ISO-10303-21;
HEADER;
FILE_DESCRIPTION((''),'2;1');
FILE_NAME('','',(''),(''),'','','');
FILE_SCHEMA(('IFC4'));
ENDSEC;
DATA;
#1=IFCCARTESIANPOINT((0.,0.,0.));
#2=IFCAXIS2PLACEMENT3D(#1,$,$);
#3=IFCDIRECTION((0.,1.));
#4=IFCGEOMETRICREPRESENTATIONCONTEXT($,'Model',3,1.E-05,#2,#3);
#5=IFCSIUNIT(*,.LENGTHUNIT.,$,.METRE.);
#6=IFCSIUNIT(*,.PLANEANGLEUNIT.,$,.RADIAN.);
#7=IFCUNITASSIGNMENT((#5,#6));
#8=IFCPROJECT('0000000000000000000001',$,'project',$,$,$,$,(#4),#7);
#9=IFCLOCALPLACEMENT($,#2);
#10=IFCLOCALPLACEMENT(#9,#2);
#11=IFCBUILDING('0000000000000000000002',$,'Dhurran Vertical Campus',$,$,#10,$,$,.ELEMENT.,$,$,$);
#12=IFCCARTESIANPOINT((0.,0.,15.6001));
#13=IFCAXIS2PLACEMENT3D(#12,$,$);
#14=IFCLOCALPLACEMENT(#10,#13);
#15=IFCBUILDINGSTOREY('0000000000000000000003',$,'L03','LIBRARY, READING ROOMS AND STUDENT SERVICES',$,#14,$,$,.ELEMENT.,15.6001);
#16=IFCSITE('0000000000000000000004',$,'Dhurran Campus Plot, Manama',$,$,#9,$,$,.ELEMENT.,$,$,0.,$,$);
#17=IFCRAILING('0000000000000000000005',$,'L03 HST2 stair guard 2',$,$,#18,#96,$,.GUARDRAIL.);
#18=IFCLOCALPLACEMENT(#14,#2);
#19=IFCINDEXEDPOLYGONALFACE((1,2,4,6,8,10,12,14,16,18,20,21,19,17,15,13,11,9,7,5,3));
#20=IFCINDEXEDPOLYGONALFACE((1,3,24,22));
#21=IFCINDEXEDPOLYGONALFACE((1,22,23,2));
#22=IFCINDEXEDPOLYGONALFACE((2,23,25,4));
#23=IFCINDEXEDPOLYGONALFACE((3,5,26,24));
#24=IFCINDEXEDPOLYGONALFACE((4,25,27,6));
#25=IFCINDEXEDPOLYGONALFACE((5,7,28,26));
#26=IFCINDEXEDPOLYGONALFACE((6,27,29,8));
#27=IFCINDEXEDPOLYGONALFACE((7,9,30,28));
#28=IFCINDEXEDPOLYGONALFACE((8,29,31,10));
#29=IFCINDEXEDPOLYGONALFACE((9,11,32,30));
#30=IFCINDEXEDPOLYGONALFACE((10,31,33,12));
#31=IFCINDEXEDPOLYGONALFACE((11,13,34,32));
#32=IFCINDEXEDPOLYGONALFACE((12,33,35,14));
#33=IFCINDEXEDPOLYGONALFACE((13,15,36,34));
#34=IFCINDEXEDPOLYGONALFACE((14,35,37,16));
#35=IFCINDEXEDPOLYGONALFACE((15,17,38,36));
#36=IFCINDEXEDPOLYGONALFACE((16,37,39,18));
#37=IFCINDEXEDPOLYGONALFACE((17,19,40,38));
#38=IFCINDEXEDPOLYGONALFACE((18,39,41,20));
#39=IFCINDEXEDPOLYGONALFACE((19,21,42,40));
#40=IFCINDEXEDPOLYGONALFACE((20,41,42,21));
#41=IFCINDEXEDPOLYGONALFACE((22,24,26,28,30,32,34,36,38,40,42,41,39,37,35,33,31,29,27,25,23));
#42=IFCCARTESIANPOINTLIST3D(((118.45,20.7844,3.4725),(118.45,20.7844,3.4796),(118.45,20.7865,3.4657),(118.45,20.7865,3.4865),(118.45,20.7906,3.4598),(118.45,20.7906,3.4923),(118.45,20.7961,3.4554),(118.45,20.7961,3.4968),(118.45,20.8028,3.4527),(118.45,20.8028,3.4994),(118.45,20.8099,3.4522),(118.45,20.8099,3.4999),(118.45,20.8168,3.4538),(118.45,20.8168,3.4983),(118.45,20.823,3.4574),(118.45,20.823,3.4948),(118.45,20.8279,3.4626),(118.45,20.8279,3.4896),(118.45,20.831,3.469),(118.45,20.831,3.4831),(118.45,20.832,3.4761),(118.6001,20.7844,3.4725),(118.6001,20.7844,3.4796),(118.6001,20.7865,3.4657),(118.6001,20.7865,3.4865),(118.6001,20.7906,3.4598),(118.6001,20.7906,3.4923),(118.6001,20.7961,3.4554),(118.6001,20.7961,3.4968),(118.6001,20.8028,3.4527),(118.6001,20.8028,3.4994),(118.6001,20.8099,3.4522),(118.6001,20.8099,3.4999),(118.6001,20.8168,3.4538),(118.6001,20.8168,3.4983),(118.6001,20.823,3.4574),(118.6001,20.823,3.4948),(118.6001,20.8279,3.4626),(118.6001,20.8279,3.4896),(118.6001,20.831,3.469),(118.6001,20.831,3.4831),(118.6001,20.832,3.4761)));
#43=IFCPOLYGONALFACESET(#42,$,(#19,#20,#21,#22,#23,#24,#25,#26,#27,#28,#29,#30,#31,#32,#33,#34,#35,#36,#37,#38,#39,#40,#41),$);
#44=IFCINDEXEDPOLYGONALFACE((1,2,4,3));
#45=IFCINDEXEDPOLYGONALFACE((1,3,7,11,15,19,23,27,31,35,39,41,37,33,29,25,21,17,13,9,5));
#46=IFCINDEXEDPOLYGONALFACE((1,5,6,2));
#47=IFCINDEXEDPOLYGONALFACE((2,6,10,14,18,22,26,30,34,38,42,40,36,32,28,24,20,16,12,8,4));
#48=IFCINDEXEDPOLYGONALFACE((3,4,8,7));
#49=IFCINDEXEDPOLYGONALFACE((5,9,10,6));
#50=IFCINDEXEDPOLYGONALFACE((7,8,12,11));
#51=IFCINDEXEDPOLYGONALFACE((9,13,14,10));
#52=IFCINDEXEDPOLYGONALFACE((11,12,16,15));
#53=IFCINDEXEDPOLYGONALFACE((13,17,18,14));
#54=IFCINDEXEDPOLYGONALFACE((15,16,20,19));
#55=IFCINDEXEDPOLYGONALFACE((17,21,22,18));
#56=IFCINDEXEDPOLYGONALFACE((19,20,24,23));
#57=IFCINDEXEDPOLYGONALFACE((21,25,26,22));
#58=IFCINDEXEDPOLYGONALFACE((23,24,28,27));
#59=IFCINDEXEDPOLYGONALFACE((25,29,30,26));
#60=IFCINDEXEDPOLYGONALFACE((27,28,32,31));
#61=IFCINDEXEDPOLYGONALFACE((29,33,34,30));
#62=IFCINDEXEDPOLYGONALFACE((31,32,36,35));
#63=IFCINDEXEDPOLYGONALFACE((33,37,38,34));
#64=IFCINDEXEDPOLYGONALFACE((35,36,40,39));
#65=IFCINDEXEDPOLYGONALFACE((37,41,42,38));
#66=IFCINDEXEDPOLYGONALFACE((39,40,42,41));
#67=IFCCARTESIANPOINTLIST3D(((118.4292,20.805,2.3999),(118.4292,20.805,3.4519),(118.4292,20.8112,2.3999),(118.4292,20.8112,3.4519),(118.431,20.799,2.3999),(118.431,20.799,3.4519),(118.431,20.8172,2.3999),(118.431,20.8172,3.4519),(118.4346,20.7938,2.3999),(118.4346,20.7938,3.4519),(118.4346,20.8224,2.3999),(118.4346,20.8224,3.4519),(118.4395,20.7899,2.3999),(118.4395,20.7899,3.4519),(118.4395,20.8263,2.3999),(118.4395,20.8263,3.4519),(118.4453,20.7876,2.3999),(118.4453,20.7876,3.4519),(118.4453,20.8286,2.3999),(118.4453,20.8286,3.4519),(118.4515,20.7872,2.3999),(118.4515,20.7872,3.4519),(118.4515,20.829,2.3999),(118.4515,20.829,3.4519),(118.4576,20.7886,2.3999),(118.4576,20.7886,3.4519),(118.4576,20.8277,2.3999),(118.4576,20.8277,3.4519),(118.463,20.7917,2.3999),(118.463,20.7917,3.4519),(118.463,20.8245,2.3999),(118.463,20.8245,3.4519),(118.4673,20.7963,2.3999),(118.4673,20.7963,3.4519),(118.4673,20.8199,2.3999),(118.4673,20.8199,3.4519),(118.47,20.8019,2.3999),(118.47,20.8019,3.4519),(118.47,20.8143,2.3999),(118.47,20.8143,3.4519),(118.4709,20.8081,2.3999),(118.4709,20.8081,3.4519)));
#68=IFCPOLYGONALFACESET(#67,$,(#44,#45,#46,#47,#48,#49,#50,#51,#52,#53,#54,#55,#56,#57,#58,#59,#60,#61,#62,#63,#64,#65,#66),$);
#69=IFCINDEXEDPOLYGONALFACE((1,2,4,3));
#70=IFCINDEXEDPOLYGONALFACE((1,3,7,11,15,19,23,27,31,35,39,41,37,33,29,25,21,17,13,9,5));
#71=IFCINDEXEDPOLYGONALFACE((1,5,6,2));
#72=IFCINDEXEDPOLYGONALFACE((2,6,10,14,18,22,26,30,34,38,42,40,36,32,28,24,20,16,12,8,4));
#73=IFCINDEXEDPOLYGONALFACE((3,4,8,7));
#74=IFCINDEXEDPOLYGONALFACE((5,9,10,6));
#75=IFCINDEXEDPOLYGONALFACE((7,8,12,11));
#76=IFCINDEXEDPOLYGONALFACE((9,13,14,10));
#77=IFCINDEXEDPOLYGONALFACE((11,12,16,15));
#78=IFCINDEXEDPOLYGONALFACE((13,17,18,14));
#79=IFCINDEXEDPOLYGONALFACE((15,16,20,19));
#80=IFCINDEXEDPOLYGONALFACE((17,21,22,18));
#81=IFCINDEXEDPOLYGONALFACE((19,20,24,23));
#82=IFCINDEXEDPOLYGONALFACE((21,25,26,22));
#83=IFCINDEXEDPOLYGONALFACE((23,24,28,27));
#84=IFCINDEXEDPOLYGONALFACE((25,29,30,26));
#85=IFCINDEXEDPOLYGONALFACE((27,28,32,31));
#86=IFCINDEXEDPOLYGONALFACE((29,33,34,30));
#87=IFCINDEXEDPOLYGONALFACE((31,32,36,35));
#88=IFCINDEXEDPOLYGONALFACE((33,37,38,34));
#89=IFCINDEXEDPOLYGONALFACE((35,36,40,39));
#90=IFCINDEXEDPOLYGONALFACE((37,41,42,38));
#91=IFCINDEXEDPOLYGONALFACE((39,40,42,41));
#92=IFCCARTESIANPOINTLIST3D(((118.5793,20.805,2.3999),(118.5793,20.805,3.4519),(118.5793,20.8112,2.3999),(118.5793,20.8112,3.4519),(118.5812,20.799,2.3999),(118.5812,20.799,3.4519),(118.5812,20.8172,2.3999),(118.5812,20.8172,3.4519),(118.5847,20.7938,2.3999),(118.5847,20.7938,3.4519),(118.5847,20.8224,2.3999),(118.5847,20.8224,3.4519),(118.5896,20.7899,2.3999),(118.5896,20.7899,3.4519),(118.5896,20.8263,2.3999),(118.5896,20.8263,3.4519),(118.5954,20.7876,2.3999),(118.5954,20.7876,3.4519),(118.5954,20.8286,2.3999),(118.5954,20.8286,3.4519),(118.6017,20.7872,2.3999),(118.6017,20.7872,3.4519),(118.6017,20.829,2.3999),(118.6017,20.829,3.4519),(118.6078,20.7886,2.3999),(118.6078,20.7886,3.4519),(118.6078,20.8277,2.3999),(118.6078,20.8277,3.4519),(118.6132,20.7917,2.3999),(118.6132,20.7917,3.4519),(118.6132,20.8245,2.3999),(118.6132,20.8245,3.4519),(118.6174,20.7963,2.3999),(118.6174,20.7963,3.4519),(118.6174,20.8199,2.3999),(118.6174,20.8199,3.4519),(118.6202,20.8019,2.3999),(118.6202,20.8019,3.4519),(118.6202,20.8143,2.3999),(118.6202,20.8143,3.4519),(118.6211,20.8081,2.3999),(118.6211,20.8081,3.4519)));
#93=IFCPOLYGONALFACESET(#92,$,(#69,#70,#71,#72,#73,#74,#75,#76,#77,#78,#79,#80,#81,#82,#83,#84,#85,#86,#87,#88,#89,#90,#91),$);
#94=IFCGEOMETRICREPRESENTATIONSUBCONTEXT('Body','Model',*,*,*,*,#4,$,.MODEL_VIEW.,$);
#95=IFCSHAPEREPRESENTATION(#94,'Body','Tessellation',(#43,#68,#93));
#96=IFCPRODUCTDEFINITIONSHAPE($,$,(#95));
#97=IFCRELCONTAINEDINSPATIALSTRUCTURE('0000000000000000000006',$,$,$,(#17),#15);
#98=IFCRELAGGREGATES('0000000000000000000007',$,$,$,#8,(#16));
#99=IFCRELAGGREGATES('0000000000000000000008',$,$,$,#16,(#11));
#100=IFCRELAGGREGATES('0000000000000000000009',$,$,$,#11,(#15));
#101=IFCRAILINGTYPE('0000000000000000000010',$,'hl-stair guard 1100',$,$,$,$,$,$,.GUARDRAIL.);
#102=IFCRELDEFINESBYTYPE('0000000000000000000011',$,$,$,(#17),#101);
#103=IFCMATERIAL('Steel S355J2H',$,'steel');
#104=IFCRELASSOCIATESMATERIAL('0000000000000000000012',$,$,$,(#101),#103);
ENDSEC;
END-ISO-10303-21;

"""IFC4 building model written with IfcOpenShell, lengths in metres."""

from ifc_helpers import new_model, si_unit, direction, frame, origin, origin_2d, place, context, subcontext, project, spatial, circle, extrude, material, type_object, element, save


model = new_model("IFC4")

# Units and contexts
model_context = context("Model", 3, precision=1e-05, world=origin(), true_north=direction((0.0, 1.0)))
body_context = subcontext(model_context, "Body", "Model", "MODEL_VIEW")
ifc_project = project(units=[si_unit("LENGTHUNIT", "METRE"), si_unit("PLANEANGLEUNIT", "RADIAN")], contexts=[model_context])

# Site, building, storey
site_placement = place(None, origin())
site = spatial("IfcSite", under=ifc_project, at=site_placement, Name="Dhurran Campus Plot, Manama", CompositionType="ELEMENT", RefElevation=0.0)
building_placement = place(site_placement, origin())
building = spatial("IfcBuilding", under=site, at=building_placement, Name="Dhurran Vertical Campus", CompositionType="ELEMENT")
storey_placement = place(building_placement, frame((0.0, 0.0, 15.6001)))
storey = spatial("IfcBuildingStorey", under=building, at=storey_placement, Name="L03", Description="LIBRARY, READING ROOMS AND STUDENT SERVICES", CompositionType="ELEMENT", Elevation=15.6001)

# Railing
ifc_material_1 = material(Name="Steel S355J2H", Category="steel")
railing_type_1 = type_object("IfcRailingType", Name="hl-stair guard 1100", PredefinedType="GUARDRAIL", material=ifc_material_1)
railing_1_placement = place(storey_placement, frame((118.45, 20.8081, 2.3999)))
element("IfcRailing", 1, at=railing_1_placement, inside=storey, type_object=railing_type_1, Name="L03 HST2 stair guard 2", PredefinedType="GUARDRAIL", context=body_context, shape_type="SweptSolid", body=[
    extrude(circle(Radius=0.0239, at=origin_2d()), frame((0.0, 0.0, 1.0762), z_axis=(1.0, 0.0, 0.0), x_axis=(0.0, 1.0, 0.0)), (0.0, 0.0, 1.0), 0.1501),
    extrude(circle(Radius=0.021, at=origin_2d()), origin(), (0.0, 0.0, 1.0), 1.052),
    extrude(circle(Radius=0.021, at=origin_2d()), frame((0.1501, 0.0, 0.0)), (0.0, 0.0, 1.0), 1.052),
])

save(model, "model.ifc")
